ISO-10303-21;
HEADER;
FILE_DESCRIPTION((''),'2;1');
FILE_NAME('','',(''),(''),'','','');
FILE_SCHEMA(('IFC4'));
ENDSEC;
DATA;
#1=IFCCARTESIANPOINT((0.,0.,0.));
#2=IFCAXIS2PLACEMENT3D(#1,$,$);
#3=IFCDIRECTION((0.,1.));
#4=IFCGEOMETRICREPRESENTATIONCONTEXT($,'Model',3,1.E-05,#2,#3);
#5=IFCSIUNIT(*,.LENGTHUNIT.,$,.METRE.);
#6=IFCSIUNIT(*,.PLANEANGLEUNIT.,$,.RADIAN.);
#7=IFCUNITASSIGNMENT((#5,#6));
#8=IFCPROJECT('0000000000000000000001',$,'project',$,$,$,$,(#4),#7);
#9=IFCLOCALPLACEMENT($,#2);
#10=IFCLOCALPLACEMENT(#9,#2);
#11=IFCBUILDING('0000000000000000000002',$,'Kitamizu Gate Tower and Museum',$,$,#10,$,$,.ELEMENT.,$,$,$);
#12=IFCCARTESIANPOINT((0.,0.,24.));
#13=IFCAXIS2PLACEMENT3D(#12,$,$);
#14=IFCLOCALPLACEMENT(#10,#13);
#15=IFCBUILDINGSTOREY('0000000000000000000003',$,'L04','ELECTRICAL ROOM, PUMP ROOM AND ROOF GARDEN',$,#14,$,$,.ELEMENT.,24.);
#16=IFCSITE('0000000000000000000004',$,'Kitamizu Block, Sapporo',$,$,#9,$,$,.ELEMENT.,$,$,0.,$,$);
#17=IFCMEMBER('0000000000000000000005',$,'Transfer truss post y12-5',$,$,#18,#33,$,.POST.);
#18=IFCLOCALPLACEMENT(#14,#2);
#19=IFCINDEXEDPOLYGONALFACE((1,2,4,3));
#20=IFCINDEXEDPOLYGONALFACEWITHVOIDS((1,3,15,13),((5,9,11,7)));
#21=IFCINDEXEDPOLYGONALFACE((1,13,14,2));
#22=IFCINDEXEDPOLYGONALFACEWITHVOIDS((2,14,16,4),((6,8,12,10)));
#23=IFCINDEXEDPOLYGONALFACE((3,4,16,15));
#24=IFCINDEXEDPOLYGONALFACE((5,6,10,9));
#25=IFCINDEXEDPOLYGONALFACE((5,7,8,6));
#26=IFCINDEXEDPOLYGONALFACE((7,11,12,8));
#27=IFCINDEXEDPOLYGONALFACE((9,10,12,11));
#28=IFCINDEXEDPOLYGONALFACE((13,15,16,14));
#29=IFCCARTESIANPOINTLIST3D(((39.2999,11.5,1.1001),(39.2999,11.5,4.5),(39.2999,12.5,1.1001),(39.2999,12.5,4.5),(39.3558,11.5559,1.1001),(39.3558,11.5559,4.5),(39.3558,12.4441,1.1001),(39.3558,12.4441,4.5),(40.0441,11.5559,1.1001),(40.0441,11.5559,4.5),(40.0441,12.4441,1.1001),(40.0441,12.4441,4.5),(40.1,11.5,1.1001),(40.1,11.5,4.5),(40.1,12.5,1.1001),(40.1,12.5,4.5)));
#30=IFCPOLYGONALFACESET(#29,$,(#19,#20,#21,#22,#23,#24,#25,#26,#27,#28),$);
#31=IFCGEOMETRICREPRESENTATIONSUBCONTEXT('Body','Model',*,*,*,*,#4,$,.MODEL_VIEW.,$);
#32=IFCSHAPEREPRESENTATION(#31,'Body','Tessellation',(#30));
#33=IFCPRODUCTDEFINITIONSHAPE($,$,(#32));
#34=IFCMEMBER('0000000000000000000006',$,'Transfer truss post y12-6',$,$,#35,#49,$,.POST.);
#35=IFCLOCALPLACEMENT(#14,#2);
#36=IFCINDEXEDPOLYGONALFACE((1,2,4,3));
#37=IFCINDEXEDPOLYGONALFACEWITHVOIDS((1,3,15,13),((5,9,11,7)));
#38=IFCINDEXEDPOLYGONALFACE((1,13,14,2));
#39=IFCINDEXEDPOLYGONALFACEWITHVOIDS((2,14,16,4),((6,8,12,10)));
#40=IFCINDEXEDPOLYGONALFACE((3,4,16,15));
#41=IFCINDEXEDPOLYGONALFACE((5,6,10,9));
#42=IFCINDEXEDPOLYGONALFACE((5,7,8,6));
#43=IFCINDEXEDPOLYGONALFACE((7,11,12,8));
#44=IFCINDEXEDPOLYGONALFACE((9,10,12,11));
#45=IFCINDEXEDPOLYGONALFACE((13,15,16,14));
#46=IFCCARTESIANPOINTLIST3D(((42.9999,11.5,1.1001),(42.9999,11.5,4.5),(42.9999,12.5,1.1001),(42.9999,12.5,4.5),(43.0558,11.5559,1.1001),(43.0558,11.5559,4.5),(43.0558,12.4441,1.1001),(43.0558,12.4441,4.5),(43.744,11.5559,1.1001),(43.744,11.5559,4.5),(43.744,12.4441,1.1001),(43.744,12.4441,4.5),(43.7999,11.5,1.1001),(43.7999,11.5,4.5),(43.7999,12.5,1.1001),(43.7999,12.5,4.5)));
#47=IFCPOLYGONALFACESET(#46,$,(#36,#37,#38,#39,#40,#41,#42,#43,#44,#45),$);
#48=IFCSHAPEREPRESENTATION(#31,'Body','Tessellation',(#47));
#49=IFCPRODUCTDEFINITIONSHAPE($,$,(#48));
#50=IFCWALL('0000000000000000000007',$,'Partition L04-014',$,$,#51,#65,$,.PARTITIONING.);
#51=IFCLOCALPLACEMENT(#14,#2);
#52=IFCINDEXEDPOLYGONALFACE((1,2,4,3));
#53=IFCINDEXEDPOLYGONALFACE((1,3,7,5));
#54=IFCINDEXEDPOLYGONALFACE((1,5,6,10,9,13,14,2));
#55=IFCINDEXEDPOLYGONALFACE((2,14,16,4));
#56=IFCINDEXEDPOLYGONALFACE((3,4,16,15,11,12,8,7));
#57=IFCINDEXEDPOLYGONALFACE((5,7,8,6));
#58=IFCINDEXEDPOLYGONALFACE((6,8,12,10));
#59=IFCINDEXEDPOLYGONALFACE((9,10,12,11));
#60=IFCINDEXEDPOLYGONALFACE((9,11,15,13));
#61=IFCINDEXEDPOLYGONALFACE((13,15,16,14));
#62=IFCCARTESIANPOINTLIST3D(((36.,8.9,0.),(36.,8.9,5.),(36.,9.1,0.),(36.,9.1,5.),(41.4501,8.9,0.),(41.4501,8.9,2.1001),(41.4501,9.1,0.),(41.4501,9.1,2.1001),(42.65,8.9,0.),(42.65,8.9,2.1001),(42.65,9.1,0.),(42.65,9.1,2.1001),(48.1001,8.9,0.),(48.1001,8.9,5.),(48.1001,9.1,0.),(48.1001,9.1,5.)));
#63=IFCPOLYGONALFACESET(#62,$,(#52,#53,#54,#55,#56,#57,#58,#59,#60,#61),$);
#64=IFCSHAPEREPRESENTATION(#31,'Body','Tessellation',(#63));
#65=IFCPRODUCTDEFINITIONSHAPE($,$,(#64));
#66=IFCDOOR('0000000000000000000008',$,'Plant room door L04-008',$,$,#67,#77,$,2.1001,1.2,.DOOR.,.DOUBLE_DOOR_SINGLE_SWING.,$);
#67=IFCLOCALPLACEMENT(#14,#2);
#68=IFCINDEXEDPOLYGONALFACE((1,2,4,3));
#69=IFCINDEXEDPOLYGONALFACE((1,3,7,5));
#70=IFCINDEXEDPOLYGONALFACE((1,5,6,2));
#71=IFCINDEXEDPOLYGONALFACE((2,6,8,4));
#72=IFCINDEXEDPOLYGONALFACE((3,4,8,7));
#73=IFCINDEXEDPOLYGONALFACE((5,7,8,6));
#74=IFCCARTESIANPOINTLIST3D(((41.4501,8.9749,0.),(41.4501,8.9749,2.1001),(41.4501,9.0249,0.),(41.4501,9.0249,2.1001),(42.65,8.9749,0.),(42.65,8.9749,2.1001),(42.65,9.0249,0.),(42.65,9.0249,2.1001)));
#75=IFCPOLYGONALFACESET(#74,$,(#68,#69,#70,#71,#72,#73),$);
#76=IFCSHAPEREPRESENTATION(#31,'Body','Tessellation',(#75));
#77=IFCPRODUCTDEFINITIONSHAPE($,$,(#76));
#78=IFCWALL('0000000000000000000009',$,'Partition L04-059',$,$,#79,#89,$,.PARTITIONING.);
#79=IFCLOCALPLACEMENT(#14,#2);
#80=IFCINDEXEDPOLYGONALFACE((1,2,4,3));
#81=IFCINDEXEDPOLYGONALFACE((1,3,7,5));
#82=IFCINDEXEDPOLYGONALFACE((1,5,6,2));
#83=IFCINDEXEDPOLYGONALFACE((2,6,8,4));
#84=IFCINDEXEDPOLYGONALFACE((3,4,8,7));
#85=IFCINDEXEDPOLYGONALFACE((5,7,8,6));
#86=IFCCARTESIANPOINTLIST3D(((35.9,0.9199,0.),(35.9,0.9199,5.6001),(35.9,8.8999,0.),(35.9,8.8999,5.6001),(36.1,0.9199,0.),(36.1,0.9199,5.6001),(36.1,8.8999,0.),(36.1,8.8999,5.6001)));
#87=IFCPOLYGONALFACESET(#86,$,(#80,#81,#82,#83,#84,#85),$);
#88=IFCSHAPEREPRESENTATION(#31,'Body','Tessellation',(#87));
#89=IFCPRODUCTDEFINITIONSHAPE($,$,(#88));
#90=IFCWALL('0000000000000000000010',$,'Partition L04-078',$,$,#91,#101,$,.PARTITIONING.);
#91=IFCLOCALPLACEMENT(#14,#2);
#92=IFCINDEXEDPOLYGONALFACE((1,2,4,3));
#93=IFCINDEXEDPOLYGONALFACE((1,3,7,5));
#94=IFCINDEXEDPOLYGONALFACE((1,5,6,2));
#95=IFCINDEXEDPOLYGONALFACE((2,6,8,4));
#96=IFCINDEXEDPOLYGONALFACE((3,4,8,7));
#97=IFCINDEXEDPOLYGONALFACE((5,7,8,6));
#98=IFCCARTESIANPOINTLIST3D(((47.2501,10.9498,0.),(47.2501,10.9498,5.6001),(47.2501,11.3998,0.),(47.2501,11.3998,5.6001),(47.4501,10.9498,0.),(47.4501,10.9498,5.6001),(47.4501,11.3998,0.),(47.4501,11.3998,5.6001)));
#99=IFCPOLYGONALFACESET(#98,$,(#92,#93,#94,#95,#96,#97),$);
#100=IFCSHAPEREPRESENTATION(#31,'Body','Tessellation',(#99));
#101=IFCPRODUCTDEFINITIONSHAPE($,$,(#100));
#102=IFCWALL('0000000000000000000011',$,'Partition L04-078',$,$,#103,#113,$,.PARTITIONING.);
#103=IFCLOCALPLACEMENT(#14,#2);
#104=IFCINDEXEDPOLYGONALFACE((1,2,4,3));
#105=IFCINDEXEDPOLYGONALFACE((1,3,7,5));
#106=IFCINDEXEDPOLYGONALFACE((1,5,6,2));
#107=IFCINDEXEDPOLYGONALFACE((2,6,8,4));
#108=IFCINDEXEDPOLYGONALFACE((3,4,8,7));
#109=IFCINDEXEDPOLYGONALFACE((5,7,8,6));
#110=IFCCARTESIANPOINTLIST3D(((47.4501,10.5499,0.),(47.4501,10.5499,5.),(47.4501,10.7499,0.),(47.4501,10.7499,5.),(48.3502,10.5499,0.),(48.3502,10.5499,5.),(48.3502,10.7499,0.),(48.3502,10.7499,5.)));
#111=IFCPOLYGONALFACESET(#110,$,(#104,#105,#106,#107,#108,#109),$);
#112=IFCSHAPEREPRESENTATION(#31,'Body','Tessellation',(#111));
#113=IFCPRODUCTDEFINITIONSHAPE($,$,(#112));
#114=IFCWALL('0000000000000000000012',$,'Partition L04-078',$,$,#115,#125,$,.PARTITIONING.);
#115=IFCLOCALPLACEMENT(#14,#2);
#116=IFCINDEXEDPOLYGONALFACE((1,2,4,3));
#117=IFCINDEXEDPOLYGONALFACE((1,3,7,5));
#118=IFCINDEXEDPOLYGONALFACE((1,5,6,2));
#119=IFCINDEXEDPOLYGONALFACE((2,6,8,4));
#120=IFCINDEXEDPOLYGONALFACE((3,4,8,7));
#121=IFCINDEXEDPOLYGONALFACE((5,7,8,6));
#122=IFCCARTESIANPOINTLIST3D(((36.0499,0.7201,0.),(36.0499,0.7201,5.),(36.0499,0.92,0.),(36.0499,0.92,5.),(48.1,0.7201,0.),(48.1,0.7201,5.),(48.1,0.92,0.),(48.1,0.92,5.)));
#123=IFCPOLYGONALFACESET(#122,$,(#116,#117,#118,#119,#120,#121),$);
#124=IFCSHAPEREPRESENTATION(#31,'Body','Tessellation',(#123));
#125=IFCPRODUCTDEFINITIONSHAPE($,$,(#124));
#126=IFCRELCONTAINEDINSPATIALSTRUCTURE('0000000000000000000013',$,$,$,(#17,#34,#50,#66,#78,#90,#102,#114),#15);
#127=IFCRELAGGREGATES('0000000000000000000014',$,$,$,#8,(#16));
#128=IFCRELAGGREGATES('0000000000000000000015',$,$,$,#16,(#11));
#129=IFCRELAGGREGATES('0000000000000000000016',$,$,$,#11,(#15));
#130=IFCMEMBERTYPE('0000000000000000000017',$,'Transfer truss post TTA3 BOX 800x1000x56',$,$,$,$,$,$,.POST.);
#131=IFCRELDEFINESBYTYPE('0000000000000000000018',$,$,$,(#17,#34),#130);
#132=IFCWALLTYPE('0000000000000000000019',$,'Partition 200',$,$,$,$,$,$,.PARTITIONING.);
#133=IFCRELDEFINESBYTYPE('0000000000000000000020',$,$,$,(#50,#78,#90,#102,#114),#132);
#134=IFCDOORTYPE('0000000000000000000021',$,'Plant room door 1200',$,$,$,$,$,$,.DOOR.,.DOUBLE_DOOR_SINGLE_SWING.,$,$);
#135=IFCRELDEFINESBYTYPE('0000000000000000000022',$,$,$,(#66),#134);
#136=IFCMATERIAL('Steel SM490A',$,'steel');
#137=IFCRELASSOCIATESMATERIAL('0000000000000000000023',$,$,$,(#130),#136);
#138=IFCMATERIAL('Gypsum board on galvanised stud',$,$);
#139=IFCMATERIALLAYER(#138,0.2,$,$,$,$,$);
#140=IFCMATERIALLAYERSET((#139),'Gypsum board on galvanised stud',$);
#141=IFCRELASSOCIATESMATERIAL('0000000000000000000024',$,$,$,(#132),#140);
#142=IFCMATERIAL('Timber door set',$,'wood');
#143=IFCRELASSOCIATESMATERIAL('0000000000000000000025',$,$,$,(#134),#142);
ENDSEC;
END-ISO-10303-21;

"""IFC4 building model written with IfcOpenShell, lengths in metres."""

from ifc_helpers import new_model, si_unit, direction, frame, frame_2d, origin, origin_2d, place, context, subcontext, project, spatial, rectangle, hollow_rectangle, extrude, material, layer, layer_set, material_profile, profile_set, type_object, element, fill, save


model = new_model("IFC4")

# Units and contexts
model_context = context("Model", 3, precision=1e-05, world=origin(), true_north=direction((0.0, 1.0)))
body_context = subcontext(model_context, "Body", "Model", "MODEL_VIEW")
ifc_project = project(units=[si_unit("LENGTHUNIT", "METRE"), si_unit("PLANEANGLEUNIT", "RADIAN")], contexts=[model_context])

# Site, building, storey
site_placement = place(None, origin())
site = spatial("IfcSite", under=ifc_project, at=site_placement, Name="Kitamizu Block, Sapporo", CompositionType="ELEMENT", RefElevation=0.0)
building_placement = place(site_placement, origin())
building = spatial("IfcBuilding", under=site, at=building_placement, Name="Kitamizu Gate Tower and Museum", CompositionType="ELEMENT")
storey_placement = place(building_placement, frame((0.0, 0.0, 24.0)))
storey = spatial("IfcBuildingStorey", under=building, at=storey_placement, Name="L04", Description="ELECTRICAL ROOM, PUMP ROOM AND ROOF GARDEN", CompositionType="ELEMENT", Elevation=24.0)

# Members
ifc_material_1 = material(Name="Steel SM490A", Category="steel")
ifc_material_profile_1 = material_profile(ifc_material_1, hollow_rectangle(XDim=0.8, YDim=1.0, WallThickness=0.0559, at=origin_2d()), Name="BOX 800x1000x56")
ifc_profile_set_1 = profile_set([ifc_material_profile_1], Name="Steel SM490A")
member_type_1 = type_object("IfcMemberType", Name="Transfer truss post TTA3 BOX 800x1000x56", PredefinedType="POST", material=ifc_profile_set_1)
for number, where, z_axis, x_axis, name in (
    (1, (39.7, 12.0, 1.1001), (0.0, 0.0, 1.0), (1.0, 0.0, 0.0), "Transfer truss post y12-5"),
    (2, (43.3999, 12.0, 1.1001), (0.0, 0.0, 1.0), (1.0, 0.0, 0.0), "Transfer truss post y12-6"),
):
    element("IfcMember", number, at=place(storey_placement, frame(where, z_axis=z_axis, x_axis=x_axis)), inside=storey, type_object=member_type_1, Name=name, PredefinedType="POST", context=body_context, shape_type="SweptSolid", body=[
        extrude(hollow_rectangle(XDim=0.8, YDim=1.0, WallThickness=0.0559, at=origin_2d()), origin(), (0.0, 0.0, 1.0), 3.3999),
    ])

# Wall, opening, door
ifc_material_2 = material(Name="Gypsum board on galvanised stud")
ifc_layer = layer(ifc_material_2, 0.2)
ifc_layer_set = layer_set([ifc_layer], Name="Gypsum board on galvanised stud")
wall_type = type_object("IfcWallType", Name="Partition 200", PredefinedType="PARTITIONING", material=ifc_layer_set)
wall_1_placement = place(storey_placement, frame((36.0, 9.0, 0.0), z_axis=(0.0, 0.0, 1.0), x_axis=(1.0, 0.0, 0.0)))
wall_1 = element("IfcWall", 3, at=wall_1_placement, inside=storey, type_object=wall_type, Name="Partition L04-014", PredefinedType="PARTITIONING", context=body_context, shape_type="SweptSolid", body=[
    extrude(rectangle(XDim=12.1001, YDim=0.2, at=frame_2d((6.05, 0.0))), origin(), (0.0, 0.0, 1.0), 5.0),
])
opening_placement = place(wall_1_placement, frame((5.45, 0.0, 0.0)))
opening = element("IfcOpeningElement", 4, at=opening_placement, cuts=wall_1, PredefinedType="OPENING", context=body_context, shape_type="SweptSolid", body=[
    extrude(rectangle(XDim=1.2, YDim=2.1001, at=frame_2d((0.6001, 1.05))), frame((0.0, 0.1099, 0.0), z_axis=(0.0, -1.0, 0.0), x_axis=(1.0, 0.0, 0.0)), (0.0, 0.0, 1.0), 0.22),
])
ifc_material_3 = material(Name="Timber door set", Category="wood")
door_type = type_object("IfcDoorType", Name="Plant room door 1200", OperationType="DOUBLE_DOOR_SINGLE_SWING", PredefinedType="DOOR", material=ifc_material_3)
door_placement = place(opening_placement, origin())
door = element("IfcDoor", 5, at=door_placement, inside=storey, type_object=door_type, Name="Plant room door L04-008", OperationType="DOUBLE_DOOR_SINGLE_SWING", OverallHeight=2.1001, OverallWidth=1.2, PredefinedType="DOOR", context=body_context, shape_type="SweptSolid", body=[
    extrude(rectangle(XDim=1.2, YDim=2.1001, at=frame_2d((0.6001, 1.05))), frame((0.0, 0.0249, 0.0), z_axis=(0.0, -1.0, 0.0), x_axis=(1.0, 0.0, 0.0)), (0.0, 0.0, 1.0), 0.05),
])
fill(opening, door)

# Walls
wall_2_placement = place(storey_placement, frame((36.0, 0.9199, 0.0), z_axis=(0.0, 0.0, 1.0), x_axis=(0.0, 1.0, 0.0)))
element("IfcWall", 6, at=wall_2_placement, inside=storey, type_object=wall_type, Name="Partition L04-059", PredefinedType="PARTITIONING", context=body_context, shape_type="SweptSolid", body=[
    extrude(rectangle(XDim=7.98, YDim=0.2, at=frame_2d((3.99, 0.0))), origin(), (0.0, 0.0, 1.0), 5.6001),
])
wall_3_placement = place(storey_placement, frame((47.3501, 11.3999, 0.0), z_axis=(0.0, 0.0, 1.0), x_axis=(0.0, -1.0, 0.0)))
element("IfcWall", 7, at=wall_3_placement, inside=storey, type_object=wall_type, Name="Partition L04-078", PredefinedType="PARTITIONING", context=body_context, shape_type="SweptSolid", body=[
    extrude(rectangle(XDim=0.45, YDim=0.2, at=frame_2d((0.2251, 0.0))), origin(), (0.0, 0.0, 1.0), 5.6001),
])
wall_4_placement = place(storey_placement, frame((47.45, 10.6499, 0.0), z_axis=(0.0, 0.0, 1.0), x_axis=(1.0, 0.0, 0.0)))
element("IfcWall", 8, at=wall_4_placement, inside=storey, type_object=wall_type, Name="Partition L04-078", PredefinedType="PARTITIONING", context=body_context, shape_type="SweptSolid", body=[
    extrude(rectangle(XDim=0.9001, YDim=0.2, at=frame_2d((0.4502, 0.0))), origin(), (0.0, 0.0, 1.0), 5.0),
])
wall_5_placement = place(storey_placement, frame((36.05, 0.8201, 0.0), z_axis=(0.0, 0.0, 1.0), x_axis=(1.0, 0.0, 0.0)))
element("IfcWall", 9, at=wall_5_placement, inside=storey, type_object=wall_type, Name="Partition L04-078", PredefinedType="PARTITIONING", context=body_context, shape_type="SweptSolid", body=[
    extrude(rectangle(XDim=12.05, YDim=0.2, at=frame_2d((6.0249, 0.0))), origin(), (0.0, 0.0, 1.0), 5.0),
])

save(model, "model.ifc")
